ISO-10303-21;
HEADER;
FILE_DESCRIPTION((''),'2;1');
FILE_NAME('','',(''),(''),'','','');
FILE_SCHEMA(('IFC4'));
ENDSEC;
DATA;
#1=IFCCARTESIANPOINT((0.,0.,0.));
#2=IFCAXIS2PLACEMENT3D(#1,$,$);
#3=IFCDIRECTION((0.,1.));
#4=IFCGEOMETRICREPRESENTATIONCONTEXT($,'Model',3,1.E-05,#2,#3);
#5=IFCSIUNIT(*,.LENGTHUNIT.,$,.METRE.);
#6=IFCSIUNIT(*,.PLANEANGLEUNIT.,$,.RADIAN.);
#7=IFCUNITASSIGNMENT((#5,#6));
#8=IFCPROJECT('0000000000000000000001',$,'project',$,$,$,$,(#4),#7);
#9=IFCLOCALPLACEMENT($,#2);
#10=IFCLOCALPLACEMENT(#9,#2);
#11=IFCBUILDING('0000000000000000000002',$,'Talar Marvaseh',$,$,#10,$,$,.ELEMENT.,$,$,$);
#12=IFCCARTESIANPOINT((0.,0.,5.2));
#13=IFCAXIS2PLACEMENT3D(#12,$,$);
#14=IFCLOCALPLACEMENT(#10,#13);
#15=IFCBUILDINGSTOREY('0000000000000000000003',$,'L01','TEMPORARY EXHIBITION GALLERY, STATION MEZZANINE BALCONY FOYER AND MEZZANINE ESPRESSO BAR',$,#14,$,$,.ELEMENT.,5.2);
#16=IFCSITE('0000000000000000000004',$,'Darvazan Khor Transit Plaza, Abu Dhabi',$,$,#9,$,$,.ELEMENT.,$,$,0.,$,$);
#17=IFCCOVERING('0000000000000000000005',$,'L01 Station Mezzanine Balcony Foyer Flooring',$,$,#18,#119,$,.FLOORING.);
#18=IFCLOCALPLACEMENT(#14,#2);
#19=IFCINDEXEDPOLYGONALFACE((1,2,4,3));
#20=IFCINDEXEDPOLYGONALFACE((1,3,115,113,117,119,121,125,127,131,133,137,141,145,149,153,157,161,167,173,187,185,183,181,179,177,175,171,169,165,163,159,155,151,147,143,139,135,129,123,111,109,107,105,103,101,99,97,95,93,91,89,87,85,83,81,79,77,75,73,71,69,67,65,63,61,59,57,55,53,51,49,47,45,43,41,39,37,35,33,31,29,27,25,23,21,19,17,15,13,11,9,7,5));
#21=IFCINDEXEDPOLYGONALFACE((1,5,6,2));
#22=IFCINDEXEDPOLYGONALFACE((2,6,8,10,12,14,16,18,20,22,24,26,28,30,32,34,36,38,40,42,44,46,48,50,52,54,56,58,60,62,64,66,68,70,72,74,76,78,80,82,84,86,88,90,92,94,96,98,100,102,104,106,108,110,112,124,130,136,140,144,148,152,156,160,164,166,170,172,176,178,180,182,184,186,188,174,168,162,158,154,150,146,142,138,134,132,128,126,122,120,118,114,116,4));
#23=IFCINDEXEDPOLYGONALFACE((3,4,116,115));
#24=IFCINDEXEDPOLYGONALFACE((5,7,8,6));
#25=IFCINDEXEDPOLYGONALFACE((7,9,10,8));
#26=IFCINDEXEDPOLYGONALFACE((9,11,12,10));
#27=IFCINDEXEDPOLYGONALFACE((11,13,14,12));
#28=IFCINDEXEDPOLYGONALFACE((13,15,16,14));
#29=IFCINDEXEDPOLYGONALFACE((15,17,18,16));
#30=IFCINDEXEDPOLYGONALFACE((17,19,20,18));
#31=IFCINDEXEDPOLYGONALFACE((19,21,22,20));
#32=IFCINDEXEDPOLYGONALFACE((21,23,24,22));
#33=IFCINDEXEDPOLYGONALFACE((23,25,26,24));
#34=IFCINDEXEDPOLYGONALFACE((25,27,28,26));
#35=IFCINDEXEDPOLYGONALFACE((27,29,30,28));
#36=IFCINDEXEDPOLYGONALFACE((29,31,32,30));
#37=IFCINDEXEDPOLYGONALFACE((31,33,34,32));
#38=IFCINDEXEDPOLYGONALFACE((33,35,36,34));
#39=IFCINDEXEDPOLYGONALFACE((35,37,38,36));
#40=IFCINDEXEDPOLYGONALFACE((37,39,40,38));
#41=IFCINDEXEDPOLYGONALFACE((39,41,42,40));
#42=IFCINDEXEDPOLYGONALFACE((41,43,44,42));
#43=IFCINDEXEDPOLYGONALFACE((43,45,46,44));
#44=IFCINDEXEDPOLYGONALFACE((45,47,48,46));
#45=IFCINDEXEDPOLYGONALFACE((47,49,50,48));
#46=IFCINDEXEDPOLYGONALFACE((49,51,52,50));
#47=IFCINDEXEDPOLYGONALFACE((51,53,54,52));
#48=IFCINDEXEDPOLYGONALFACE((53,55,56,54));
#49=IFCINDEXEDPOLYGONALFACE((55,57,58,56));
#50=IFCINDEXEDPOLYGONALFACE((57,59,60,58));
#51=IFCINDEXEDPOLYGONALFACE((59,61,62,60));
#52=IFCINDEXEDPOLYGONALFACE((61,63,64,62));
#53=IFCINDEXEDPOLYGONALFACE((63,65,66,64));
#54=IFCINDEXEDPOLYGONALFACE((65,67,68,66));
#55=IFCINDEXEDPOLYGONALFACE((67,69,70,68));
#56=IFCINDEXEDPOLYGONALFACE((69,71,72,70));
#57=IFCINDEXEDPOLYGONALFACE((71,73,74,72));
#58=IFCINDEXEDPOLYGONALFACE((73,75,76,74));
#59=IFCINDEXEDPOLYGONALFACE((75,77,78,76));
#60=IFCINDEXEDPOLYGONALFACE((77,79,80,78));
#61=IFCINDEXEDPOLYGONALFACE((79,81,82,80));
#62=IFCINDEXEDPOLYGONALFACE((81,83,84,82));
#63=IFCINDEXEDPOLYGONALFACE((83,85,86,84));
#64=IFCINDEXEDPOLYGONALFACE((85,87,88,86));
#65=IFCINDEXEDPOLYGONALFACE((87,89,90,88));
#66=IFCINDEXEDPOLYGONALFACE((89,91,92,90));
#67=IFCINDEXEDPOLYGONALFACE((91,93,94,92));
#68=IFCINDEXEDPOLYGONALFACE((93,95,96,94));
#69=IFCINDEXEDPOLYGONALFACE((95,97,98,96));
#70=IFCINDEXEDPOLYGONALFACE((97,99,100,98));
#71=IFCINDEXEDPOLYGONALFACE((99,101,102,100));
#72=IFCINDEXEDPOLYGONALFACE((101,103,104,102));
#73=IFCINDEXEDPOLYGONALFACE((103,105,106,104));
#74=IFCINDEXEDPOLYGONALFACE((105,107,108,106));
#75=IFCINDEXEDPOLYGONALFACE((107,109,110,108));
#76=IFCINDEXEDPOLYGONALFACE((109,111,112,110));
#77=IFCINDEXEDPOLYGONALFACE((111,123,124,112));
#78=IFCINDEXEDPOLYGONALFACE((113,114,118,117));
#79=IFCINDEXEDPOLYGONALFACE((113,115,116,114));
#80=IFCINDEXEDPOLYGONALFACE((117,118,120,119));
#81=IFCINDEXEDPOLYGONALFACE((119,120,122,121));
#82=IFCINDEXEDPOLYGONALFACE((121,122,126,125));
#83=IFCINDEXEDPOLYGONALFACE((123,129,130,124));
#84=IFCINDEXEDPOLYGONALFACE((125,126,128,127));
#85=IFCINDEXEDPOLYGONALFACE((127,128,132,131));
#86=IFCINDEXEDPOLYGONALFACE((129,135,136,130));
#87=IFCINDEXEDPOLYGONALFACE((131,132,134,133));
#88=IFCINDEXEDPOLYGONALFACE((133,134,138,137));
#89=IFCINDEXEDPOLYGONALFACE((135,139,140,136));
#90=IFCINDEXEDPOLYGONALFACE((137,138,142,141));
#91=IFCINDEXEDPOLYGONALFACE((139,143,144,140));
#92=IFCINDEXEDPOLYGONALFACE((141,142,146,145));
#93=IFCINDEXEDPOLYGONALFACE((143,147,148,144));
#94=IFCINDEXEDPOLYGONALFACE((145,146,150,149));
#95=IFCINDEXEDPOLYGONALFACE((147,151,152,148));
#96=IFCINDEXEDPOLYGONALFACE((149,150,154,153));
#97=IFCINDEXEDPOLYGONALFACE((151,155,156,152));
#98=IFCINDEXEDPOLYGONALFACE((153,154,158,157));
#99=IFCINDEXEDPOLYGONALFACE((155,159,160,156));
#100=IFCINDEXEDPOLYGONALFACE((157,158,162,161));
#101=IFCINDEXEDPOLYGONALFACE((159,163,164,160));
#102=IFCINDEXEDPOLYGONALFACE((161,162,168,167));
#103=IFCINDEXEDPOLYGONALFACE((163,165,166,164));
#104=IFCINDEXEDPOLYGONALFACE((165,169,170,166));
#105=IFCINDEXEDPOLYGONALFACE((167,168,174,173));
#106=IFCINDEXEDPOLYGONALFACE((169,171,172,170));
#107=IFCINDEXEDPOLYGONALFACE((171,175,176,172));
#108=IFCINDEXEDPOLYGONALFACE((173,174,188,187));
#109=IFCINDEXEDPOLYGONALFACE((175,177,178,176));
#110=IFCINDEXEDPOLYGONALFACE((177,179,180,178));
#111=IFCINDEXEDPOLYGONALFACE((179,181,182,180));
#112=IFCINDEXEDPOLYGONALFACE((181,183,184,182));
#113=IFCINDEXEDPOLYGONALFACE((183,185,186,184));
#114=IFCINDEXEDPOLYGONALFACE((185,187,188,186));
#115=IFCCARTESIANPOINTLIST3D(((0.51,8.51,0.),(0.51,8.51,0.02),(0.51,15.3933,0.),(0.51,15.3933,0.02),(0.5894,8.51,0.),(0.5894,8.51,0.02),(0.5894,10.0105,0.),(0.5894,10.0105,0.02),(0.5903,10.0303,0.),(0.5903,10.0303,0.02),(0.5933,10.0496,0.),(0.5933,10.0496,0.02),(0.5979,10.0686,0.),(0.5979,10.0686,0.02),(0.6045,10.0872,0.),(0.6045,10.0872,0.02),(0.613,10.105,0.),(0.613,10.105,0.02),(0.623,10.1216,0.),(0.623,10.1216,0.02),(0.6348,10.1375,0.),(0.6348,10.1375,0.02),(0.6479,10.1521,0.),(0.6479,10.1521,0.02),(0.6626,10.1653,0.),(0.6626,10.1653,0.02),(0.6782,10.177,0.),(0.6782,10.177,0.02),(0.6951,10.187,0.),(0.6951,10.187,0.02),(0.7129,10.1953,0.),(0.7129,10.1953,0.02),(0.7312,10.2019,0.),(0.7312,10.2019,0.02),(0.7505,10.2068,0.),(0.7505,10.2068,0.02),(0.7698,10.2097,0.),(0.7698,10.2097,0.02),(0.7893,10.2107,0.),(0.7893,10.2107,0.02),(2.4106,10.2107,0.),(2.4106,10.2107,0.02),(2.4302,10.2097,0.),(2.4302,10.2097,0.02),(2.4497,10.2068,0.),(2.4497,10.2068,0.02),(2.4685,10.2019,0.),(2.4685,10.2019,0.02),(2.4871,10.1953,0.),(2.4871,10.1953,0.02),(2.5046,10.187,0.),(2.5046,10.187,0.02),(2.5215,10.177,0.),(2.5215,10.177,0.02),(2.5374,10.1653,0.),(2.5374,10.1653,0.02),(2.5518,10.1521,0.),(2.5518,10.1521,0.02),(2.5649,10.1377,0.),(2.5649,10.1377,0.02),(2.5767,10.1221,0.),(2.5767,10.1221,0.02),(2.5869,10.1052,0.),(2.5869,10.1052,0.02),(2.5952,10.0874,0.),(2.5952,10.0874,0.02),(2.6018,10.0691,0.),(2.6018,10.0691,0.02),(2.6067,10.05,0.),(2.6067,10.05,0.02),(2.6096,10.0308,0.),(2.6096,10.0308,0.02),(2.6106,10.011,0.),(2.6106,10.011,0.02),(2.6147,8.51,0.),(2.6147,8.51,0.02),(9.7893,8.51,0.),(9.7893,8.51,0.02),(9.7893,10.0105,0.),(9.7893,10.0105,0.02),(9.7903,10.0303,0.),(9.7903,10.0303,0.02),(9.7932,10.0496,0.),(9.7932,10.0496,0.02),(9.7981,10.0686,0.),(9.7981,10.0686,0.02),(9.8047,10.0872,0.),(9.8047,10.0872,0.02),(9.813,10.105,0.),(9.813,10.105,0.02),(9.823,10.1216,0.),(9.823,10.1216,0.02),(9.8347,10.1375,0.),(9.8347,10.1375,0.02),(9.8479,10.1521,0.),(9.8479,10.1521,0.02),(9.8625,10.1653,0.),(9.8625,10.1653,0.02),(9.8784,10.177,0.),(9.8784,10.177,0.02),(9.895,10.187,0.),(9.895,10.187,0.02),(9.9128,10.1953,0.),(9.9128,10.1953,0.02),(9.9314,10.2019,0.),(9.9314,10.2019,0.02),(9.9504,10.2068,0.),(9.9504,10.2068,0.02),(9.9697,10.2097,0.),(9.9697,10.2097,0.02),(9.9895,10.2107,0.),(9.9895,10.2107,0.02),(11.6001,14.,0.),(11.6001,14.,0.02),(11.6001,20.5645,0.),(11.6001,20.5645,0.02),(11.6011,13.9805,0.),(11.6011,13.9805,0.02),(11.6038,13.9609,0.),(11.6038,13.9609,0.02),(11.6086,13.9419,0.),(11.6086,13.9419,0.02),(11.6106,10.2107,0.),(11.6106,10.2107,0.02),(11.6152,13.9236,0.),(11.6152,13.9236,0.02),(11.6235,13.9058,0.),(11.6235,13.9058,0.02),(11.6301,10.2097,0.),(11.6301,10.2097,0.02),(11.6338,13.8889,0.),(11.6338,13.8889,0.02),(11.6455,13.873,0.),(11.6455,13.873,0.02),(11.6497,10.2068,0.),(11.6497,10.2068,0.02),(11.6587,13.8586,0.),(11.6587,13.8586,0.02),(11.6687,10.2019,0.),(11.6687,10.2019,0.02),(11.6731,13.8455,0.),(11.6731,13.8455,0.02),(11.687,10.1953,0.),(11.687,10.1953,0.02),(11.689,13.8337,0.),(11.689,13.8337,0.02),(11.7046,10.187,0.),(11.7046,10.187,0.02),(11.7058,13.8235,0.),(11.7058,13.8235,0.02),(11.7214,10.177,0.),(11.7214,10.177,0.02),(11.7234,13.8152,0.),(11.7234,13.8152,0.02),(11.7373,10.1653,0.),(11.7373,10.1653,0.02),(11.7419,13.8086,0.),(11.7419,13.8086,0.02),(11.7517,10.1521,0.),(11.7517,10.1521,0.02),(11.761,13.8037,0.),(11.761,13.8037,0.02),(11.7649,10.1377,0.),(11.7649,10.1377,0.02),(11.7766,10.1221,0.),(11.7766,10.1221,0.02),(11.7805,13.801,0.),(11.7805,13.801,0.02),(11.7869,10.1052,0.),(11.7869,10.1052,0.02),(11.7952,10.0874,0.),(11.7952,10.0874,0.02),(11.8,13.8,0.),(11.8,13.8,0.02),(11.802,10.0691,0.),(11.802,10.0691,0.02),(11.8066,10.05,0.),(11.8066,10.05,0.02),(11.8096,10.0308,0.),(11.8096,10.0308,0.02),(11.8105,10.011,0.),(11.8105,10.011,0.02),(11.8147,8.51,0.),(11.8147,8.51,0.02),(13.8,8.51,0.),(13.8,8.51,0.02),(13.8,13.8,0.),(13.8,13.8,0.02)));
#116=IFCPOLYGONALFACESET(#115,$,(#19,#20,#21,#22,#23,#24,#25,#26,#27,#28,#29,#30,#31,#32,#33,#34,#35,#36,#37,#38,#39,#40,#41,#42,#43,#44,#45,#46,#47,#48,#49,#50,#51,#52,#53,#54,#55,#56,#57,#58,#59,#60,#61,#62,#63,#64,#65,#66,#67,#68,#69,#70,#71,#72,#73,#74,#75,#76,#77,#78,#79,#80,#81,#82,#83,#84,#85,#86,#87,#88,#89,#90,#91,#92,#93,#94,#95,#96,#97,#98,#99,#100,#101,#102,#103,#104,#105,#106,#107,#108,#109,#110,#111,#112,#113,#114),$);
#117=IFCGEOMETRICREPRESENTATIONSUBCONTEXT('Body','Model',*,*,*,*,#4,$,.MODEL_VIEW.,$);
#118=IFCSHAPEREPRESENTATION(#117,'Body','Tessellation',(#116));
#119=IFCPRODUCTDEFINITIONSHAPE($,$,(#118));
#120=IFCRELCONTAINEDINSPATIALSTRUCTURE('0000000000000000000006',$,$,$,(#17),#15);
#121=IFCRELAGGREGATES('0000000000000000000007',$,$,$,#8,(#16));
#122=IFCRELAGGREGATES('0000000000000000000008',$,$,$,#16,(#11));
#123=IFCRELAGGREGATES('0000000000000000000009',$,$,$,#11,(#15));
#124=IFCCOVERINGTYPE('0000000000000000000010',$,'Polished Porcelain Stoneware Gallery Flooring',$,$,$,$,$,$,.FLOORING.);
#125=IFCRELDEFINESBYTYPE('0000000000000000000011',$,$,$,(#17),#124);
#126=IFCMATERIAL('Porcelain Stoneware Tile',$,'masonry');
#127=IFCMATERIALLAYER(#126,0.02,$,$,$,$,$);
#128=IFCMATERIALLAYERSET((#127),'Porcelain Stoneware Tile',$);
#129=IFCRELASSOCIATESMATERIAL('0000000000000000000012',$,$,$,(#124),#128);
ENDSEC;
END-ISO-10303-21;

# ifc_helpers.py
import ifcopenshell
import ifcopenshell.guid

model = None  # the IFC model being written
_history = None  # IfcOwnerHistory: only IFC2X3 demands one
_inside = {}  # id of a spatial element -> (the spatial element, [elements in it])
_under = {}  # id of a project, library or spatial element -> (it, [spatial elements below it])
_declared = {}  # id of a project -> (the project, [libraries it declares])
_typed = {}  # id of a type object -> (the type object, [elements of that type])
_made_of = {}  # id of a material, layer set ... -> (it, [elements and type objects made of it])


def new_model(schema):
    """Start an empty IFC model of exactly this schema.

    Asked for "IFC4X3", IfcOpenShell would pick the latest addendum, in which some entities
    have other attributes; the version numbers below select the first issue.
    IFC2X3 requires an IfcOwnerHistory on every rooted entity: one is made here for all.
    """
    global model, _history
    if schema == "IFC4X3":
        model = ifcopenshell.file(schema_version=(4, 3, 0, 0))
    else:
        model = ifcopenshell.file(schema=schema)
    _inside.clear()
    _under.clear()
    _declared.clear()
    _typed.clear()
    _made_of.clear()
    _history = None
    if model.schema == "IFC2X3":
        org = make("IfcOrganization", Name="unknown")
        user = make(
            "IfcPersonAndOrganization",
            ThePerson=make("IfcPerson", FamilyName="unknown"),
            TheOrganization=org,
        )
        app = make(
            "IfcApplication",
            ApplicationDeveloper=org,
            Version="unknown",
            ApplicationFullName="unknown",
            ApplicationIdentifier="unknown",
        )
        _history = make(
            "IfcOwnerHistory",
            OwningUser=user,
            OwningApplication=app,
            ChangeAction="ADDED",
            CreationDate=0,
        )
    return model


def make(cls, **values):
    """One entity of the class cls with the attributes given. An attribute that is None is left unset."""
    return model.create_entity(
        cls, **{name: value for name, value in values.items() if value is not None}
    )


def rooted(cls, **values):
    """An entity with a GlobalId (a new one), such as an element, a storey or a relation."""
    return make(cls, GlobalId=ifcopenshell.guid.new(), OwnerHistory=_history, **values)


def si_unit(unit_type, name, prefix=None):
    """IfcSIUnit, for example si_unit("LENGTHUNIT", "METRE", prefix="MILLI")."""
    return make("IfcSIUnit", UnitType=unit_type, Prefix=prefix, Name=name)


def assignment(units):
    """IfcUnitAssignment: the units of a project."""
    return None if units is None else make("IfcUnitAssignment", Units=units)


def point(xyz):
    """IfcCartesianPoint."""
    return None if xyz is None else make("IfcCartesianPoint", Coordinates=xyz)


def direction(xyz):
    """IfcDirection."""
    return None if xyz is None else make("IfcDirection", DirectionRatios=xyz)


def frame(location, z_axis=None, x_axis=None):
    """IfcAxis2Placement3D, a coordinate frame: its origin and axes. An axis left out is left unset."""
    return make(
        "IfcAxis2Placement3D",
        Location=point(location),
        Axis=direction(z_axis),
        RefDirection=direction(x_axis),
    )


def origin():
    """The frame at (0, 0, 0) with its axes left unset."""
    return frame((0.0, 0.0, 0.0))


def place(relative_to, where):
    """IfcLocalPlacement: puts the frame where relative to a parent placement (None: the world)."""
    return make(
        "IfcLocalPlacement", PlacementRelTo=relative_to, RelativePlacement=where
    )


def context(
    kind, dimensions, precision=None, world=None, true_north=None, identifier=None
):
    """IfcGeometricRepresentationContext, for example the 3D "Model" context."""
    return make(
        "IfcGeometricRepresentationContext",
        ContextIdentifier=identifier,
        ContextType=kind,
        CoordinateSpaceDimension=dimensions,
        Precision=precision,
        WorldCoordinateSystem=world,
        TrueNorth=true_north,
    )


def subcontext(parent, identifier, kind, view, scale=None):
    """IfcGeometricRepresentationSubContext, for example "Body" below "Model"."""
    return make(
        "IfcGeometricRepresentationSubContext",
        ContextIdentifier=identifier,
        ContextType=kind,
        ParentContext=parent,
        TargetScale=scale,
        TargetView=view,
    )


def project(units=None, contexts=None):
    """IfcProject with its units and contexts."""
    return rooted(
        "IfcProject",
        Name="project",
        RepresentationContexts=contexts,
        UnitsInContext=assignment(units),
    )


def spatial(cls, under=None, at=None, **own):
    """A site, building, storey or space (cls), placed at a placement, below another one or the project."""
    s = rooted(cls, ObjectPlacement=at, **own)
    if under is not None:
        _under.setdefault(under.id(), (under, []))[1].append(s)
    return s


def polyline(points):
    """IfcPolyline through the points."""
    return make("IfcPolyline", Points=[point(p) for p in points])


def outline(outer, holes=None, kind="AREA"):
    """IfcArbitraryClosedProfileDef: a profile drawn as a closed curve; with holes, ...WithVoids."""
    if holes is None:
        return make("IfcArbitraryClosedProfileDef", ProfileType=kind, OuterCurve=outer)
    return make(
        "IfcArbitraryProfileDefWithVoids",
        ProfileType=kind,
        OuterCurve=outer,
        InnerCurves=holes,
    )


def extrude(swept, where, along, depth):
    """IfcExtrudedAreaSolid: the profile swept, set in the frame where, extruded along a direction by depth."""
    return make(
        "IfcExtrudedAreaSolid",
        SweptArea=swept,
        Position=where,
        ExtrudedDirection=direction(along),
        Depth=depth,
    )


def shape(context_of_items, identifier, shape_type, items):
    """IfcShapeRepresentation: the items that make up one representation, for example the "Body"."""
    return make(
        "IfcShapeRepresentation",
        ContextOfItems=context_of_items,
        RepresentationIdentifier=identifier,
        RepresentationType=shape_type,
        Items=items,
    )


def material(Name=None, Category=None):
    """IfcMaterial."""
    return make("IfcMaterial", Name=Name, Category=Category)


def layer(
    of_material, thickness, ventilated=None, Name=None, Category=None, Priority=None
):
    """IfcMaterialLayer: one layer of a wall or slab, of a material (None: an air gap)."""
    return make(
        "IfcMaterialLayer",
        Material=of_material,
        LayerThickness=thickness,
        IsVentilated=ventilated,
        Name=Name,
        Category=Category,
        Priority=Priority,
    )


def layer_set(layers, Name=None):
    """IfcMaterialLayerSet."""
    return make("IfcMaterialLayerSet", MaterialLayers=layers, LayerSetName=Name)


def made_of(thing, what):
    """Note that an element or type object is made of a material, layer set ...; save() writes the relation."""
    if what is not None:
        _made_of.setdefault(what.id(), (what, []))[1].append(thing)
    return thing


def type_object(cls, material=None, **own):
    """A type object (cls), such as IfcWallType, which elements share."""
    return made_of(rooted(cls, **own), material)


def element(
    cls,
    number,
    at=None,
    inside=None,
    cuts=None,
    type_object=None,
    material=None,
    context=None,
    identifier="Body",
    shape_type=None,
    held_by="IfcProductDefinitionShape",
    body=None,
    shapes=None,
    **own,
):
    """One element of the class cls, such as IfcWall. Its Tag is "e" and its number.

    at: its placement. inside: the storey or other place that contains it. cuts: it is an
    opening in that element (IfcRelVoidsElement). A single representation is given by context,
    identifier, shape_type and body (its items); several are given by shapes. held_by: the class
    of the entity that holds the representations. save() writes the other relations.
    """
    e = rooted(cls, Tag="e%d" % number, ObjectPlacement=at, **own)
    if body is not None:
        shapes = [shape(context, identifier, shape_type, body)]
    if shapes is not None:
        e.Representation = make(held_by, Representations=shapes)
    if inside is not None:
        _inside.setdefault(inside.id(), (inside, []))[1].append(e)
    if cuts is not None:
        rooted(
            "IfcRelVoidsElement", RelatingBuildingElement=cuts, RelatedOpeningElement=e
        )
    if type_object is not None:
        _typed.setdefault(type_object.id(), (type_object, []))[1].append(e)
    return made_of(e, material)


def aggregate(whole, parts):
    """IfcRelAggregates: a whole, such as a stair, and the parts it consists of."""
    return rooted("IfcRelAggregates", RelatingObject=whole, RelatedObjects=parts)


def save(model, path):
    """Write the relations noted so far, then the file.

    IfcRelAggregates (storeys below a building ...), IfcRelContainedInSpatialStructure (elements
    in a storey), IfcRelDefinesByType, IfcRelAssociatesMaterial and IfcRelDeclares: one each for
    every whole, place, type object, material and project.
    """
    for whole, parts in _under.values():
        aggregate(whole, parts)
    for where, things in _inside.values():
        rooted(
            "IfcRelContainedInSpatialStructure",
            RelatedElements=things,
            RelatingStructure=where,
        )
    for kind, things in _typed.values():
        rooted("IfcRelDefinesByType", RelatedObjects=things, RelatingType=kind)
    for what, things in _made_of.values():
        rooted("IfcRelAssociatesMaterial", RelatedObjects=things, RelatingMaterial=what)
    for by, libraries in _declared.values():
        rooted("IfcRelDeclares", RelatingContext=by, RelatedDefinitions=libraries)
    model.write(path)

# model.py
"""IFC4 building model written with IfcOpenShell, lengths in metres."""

from ifc_helpers import new_model, si_unit, direction, frame, origin, place, context, subcontext, project, spatial, polyline, outline, extrude, material, layer, layer_set, type_object, element, save


model = new_model("IFC4")

# Units and contexts
model_context = context("Model", 3, precision=1e-05, world=origin(), true_north=direction((0.0, 1.0)))
body_context = subcontext(model_context, "Body", "Model", "MODEL_VIEW")
ifc_project = project(units=[si_unit("LENGTHUNIT", "METRE"), si_unit("PLANEANGLEUNIT", "RADIAN")], contexts=[model_context])

# Site, building, storey
site_placement = place(None, origin())
site = spatial("IfcSite", under=ifc_project, at=site_placement, Name="Darvazan Khor Transit Plaza, Abu Dhabi", CompositionType="ELEMENT", RefElevation=0.0)
building_placement = place(site_placement, origin())
building = spatial("IfcBuilding", under=site, at=building_placement, Name="Talar Marvaseh", CompositionType="ELEMENT")
storey_placement = place(building_placement, frame((0.0, 0.0, 5.2)))
storey = spatial("IfcBuildingStorey", under=building, at=storey_placement, Name="L01", Description="TEMPORARY EXHIBITION GALLERY, STATION MEZZANINE BALCONY FOYER AND MEZZANINE ESPRESSO BAR", CompositionType="ELEMENT", Elevation=5.2)

# Covering
ifc_material_1 = material(Name="Porcelain Stoneware Tile", Category="masonry")
ifc_layer_1 = layer(ifc_material_1, 0.02)
ifc_layer_set_1 = layer_set([ifc_layer_1], Name="Porcelain Stoneware Tile")
covering_type_1 = type_object("IfcCoveringType", Name="Polished Porcelain Stoneware Gallery Flooring", PredefinedType="FLOORING", material=ifc_layer_set_1)
covering_1_placement = place(storey_placement, origin())
element("IfcCovering", 1, at=covering_1_placement, inside=storey, type_object=covering_type_1, Name="L01 Station Mezzanine Balcony Foyer Flooring", PredefinedType="FLOORING", context=body_context, shape_type="SweptSolid", body=[
    extrude(outline(polyline([(11.6001, 14.0), (11.6011, 13.9805), (11.6038, 13.9609), (11.6086, 13.9419), (11.6152, 13.9236), (11.6235, 13.9058), (11.6338, 13.8889), (11.6455, 13.873), (11.6587, 13.8586), (11.6731, 13.8455), (11.689, 13.8337), (11.7058, 13.8235), (11.7234, 13.8152), (11.7419, 13.8086), (11.761, 13.8037), (11.7805, 13.801), (11.8, 13.8), (13.8, 13.8), (13.8, 8.51), (11.8147, 8.51), (11.8105, 10.011), (11.8096, 10.0308), (11.8066, 10.05), (11.802, 10.0691), (11.7952, 10.0874), (11.7869, 10.1052), (11.7766, 10.1221), (11.7649, 10.1377), (11.7517, 10.1521), (11.7373, 10.1653), (11.7214, 10.177), (11.7046, 10.187), (11.687, 10.1953), (11.6687, 10.2019), (11.6497, 10.2068), (11.6301, 10.2097), (11.6106, 10.2107), (9.9895, 10.2107), (9.9697, 10.2097), (9.9504, 10.2068), (9.9314, 10.2019), (9.9128, 10.1953), (9.895, 10.187), (9.8784, 10.177), (9.8625, 10.1653), (9.8479, 10.1521), (9.8347, 10.1375), (9.823, 10.1216), (9.813, 10.105), (9.8047, 10.0872), (9.7981, 10.0686), (9.7932, 10.0496), (9.7903, 10.0303), (9.7893, 10.0105), (9.7893, 8.51), (2.6147, 8.51), (2.6106, 10.011), (2.6096, 10.0308), (2.6067, 10.05), (2.6018, 10.0691), (2.5952, 10.0874), (2.5869, 10.1052), (2.5767, 10.1221), (2.5649, 10.1377), (2.5518, 10.1521), (2.5374, 10.1653), (2.5215, 10.177), (2.5046, 10.187), (2.4871, 10.1953), (2.4685, 10.2019), (2.4497, 10.2068), (2.4302, 10.2097), (2.4106, 10.2107), (0.7893, 10.2107), (0.7698, 10.2097), (0.7505, 10.2068), (0.7312, 10.2019), (0.7129, 10.1953), (0.6951, 10.187), (0.6782, 10.177), (0.6626, 10.1653), (0.6479, 10.1521), (0.6348, 10.1375), (0.623, 10.1216), (0.613, 10.105), (0.6045, 10.0872), (0.5979, 10.0686), (0.5933, 10.0496), (0.5903, 10.0303), (0.5894, 10.0105), (0.5894, 8.51), (0.51, 8.51), (0.51, 15.3933), (11.6001, 20.5645), (11.6001, 14.0)])), origin(), (0.0, 0.0, 1.0), 0.02),
])

save(model, "model.ifc")
